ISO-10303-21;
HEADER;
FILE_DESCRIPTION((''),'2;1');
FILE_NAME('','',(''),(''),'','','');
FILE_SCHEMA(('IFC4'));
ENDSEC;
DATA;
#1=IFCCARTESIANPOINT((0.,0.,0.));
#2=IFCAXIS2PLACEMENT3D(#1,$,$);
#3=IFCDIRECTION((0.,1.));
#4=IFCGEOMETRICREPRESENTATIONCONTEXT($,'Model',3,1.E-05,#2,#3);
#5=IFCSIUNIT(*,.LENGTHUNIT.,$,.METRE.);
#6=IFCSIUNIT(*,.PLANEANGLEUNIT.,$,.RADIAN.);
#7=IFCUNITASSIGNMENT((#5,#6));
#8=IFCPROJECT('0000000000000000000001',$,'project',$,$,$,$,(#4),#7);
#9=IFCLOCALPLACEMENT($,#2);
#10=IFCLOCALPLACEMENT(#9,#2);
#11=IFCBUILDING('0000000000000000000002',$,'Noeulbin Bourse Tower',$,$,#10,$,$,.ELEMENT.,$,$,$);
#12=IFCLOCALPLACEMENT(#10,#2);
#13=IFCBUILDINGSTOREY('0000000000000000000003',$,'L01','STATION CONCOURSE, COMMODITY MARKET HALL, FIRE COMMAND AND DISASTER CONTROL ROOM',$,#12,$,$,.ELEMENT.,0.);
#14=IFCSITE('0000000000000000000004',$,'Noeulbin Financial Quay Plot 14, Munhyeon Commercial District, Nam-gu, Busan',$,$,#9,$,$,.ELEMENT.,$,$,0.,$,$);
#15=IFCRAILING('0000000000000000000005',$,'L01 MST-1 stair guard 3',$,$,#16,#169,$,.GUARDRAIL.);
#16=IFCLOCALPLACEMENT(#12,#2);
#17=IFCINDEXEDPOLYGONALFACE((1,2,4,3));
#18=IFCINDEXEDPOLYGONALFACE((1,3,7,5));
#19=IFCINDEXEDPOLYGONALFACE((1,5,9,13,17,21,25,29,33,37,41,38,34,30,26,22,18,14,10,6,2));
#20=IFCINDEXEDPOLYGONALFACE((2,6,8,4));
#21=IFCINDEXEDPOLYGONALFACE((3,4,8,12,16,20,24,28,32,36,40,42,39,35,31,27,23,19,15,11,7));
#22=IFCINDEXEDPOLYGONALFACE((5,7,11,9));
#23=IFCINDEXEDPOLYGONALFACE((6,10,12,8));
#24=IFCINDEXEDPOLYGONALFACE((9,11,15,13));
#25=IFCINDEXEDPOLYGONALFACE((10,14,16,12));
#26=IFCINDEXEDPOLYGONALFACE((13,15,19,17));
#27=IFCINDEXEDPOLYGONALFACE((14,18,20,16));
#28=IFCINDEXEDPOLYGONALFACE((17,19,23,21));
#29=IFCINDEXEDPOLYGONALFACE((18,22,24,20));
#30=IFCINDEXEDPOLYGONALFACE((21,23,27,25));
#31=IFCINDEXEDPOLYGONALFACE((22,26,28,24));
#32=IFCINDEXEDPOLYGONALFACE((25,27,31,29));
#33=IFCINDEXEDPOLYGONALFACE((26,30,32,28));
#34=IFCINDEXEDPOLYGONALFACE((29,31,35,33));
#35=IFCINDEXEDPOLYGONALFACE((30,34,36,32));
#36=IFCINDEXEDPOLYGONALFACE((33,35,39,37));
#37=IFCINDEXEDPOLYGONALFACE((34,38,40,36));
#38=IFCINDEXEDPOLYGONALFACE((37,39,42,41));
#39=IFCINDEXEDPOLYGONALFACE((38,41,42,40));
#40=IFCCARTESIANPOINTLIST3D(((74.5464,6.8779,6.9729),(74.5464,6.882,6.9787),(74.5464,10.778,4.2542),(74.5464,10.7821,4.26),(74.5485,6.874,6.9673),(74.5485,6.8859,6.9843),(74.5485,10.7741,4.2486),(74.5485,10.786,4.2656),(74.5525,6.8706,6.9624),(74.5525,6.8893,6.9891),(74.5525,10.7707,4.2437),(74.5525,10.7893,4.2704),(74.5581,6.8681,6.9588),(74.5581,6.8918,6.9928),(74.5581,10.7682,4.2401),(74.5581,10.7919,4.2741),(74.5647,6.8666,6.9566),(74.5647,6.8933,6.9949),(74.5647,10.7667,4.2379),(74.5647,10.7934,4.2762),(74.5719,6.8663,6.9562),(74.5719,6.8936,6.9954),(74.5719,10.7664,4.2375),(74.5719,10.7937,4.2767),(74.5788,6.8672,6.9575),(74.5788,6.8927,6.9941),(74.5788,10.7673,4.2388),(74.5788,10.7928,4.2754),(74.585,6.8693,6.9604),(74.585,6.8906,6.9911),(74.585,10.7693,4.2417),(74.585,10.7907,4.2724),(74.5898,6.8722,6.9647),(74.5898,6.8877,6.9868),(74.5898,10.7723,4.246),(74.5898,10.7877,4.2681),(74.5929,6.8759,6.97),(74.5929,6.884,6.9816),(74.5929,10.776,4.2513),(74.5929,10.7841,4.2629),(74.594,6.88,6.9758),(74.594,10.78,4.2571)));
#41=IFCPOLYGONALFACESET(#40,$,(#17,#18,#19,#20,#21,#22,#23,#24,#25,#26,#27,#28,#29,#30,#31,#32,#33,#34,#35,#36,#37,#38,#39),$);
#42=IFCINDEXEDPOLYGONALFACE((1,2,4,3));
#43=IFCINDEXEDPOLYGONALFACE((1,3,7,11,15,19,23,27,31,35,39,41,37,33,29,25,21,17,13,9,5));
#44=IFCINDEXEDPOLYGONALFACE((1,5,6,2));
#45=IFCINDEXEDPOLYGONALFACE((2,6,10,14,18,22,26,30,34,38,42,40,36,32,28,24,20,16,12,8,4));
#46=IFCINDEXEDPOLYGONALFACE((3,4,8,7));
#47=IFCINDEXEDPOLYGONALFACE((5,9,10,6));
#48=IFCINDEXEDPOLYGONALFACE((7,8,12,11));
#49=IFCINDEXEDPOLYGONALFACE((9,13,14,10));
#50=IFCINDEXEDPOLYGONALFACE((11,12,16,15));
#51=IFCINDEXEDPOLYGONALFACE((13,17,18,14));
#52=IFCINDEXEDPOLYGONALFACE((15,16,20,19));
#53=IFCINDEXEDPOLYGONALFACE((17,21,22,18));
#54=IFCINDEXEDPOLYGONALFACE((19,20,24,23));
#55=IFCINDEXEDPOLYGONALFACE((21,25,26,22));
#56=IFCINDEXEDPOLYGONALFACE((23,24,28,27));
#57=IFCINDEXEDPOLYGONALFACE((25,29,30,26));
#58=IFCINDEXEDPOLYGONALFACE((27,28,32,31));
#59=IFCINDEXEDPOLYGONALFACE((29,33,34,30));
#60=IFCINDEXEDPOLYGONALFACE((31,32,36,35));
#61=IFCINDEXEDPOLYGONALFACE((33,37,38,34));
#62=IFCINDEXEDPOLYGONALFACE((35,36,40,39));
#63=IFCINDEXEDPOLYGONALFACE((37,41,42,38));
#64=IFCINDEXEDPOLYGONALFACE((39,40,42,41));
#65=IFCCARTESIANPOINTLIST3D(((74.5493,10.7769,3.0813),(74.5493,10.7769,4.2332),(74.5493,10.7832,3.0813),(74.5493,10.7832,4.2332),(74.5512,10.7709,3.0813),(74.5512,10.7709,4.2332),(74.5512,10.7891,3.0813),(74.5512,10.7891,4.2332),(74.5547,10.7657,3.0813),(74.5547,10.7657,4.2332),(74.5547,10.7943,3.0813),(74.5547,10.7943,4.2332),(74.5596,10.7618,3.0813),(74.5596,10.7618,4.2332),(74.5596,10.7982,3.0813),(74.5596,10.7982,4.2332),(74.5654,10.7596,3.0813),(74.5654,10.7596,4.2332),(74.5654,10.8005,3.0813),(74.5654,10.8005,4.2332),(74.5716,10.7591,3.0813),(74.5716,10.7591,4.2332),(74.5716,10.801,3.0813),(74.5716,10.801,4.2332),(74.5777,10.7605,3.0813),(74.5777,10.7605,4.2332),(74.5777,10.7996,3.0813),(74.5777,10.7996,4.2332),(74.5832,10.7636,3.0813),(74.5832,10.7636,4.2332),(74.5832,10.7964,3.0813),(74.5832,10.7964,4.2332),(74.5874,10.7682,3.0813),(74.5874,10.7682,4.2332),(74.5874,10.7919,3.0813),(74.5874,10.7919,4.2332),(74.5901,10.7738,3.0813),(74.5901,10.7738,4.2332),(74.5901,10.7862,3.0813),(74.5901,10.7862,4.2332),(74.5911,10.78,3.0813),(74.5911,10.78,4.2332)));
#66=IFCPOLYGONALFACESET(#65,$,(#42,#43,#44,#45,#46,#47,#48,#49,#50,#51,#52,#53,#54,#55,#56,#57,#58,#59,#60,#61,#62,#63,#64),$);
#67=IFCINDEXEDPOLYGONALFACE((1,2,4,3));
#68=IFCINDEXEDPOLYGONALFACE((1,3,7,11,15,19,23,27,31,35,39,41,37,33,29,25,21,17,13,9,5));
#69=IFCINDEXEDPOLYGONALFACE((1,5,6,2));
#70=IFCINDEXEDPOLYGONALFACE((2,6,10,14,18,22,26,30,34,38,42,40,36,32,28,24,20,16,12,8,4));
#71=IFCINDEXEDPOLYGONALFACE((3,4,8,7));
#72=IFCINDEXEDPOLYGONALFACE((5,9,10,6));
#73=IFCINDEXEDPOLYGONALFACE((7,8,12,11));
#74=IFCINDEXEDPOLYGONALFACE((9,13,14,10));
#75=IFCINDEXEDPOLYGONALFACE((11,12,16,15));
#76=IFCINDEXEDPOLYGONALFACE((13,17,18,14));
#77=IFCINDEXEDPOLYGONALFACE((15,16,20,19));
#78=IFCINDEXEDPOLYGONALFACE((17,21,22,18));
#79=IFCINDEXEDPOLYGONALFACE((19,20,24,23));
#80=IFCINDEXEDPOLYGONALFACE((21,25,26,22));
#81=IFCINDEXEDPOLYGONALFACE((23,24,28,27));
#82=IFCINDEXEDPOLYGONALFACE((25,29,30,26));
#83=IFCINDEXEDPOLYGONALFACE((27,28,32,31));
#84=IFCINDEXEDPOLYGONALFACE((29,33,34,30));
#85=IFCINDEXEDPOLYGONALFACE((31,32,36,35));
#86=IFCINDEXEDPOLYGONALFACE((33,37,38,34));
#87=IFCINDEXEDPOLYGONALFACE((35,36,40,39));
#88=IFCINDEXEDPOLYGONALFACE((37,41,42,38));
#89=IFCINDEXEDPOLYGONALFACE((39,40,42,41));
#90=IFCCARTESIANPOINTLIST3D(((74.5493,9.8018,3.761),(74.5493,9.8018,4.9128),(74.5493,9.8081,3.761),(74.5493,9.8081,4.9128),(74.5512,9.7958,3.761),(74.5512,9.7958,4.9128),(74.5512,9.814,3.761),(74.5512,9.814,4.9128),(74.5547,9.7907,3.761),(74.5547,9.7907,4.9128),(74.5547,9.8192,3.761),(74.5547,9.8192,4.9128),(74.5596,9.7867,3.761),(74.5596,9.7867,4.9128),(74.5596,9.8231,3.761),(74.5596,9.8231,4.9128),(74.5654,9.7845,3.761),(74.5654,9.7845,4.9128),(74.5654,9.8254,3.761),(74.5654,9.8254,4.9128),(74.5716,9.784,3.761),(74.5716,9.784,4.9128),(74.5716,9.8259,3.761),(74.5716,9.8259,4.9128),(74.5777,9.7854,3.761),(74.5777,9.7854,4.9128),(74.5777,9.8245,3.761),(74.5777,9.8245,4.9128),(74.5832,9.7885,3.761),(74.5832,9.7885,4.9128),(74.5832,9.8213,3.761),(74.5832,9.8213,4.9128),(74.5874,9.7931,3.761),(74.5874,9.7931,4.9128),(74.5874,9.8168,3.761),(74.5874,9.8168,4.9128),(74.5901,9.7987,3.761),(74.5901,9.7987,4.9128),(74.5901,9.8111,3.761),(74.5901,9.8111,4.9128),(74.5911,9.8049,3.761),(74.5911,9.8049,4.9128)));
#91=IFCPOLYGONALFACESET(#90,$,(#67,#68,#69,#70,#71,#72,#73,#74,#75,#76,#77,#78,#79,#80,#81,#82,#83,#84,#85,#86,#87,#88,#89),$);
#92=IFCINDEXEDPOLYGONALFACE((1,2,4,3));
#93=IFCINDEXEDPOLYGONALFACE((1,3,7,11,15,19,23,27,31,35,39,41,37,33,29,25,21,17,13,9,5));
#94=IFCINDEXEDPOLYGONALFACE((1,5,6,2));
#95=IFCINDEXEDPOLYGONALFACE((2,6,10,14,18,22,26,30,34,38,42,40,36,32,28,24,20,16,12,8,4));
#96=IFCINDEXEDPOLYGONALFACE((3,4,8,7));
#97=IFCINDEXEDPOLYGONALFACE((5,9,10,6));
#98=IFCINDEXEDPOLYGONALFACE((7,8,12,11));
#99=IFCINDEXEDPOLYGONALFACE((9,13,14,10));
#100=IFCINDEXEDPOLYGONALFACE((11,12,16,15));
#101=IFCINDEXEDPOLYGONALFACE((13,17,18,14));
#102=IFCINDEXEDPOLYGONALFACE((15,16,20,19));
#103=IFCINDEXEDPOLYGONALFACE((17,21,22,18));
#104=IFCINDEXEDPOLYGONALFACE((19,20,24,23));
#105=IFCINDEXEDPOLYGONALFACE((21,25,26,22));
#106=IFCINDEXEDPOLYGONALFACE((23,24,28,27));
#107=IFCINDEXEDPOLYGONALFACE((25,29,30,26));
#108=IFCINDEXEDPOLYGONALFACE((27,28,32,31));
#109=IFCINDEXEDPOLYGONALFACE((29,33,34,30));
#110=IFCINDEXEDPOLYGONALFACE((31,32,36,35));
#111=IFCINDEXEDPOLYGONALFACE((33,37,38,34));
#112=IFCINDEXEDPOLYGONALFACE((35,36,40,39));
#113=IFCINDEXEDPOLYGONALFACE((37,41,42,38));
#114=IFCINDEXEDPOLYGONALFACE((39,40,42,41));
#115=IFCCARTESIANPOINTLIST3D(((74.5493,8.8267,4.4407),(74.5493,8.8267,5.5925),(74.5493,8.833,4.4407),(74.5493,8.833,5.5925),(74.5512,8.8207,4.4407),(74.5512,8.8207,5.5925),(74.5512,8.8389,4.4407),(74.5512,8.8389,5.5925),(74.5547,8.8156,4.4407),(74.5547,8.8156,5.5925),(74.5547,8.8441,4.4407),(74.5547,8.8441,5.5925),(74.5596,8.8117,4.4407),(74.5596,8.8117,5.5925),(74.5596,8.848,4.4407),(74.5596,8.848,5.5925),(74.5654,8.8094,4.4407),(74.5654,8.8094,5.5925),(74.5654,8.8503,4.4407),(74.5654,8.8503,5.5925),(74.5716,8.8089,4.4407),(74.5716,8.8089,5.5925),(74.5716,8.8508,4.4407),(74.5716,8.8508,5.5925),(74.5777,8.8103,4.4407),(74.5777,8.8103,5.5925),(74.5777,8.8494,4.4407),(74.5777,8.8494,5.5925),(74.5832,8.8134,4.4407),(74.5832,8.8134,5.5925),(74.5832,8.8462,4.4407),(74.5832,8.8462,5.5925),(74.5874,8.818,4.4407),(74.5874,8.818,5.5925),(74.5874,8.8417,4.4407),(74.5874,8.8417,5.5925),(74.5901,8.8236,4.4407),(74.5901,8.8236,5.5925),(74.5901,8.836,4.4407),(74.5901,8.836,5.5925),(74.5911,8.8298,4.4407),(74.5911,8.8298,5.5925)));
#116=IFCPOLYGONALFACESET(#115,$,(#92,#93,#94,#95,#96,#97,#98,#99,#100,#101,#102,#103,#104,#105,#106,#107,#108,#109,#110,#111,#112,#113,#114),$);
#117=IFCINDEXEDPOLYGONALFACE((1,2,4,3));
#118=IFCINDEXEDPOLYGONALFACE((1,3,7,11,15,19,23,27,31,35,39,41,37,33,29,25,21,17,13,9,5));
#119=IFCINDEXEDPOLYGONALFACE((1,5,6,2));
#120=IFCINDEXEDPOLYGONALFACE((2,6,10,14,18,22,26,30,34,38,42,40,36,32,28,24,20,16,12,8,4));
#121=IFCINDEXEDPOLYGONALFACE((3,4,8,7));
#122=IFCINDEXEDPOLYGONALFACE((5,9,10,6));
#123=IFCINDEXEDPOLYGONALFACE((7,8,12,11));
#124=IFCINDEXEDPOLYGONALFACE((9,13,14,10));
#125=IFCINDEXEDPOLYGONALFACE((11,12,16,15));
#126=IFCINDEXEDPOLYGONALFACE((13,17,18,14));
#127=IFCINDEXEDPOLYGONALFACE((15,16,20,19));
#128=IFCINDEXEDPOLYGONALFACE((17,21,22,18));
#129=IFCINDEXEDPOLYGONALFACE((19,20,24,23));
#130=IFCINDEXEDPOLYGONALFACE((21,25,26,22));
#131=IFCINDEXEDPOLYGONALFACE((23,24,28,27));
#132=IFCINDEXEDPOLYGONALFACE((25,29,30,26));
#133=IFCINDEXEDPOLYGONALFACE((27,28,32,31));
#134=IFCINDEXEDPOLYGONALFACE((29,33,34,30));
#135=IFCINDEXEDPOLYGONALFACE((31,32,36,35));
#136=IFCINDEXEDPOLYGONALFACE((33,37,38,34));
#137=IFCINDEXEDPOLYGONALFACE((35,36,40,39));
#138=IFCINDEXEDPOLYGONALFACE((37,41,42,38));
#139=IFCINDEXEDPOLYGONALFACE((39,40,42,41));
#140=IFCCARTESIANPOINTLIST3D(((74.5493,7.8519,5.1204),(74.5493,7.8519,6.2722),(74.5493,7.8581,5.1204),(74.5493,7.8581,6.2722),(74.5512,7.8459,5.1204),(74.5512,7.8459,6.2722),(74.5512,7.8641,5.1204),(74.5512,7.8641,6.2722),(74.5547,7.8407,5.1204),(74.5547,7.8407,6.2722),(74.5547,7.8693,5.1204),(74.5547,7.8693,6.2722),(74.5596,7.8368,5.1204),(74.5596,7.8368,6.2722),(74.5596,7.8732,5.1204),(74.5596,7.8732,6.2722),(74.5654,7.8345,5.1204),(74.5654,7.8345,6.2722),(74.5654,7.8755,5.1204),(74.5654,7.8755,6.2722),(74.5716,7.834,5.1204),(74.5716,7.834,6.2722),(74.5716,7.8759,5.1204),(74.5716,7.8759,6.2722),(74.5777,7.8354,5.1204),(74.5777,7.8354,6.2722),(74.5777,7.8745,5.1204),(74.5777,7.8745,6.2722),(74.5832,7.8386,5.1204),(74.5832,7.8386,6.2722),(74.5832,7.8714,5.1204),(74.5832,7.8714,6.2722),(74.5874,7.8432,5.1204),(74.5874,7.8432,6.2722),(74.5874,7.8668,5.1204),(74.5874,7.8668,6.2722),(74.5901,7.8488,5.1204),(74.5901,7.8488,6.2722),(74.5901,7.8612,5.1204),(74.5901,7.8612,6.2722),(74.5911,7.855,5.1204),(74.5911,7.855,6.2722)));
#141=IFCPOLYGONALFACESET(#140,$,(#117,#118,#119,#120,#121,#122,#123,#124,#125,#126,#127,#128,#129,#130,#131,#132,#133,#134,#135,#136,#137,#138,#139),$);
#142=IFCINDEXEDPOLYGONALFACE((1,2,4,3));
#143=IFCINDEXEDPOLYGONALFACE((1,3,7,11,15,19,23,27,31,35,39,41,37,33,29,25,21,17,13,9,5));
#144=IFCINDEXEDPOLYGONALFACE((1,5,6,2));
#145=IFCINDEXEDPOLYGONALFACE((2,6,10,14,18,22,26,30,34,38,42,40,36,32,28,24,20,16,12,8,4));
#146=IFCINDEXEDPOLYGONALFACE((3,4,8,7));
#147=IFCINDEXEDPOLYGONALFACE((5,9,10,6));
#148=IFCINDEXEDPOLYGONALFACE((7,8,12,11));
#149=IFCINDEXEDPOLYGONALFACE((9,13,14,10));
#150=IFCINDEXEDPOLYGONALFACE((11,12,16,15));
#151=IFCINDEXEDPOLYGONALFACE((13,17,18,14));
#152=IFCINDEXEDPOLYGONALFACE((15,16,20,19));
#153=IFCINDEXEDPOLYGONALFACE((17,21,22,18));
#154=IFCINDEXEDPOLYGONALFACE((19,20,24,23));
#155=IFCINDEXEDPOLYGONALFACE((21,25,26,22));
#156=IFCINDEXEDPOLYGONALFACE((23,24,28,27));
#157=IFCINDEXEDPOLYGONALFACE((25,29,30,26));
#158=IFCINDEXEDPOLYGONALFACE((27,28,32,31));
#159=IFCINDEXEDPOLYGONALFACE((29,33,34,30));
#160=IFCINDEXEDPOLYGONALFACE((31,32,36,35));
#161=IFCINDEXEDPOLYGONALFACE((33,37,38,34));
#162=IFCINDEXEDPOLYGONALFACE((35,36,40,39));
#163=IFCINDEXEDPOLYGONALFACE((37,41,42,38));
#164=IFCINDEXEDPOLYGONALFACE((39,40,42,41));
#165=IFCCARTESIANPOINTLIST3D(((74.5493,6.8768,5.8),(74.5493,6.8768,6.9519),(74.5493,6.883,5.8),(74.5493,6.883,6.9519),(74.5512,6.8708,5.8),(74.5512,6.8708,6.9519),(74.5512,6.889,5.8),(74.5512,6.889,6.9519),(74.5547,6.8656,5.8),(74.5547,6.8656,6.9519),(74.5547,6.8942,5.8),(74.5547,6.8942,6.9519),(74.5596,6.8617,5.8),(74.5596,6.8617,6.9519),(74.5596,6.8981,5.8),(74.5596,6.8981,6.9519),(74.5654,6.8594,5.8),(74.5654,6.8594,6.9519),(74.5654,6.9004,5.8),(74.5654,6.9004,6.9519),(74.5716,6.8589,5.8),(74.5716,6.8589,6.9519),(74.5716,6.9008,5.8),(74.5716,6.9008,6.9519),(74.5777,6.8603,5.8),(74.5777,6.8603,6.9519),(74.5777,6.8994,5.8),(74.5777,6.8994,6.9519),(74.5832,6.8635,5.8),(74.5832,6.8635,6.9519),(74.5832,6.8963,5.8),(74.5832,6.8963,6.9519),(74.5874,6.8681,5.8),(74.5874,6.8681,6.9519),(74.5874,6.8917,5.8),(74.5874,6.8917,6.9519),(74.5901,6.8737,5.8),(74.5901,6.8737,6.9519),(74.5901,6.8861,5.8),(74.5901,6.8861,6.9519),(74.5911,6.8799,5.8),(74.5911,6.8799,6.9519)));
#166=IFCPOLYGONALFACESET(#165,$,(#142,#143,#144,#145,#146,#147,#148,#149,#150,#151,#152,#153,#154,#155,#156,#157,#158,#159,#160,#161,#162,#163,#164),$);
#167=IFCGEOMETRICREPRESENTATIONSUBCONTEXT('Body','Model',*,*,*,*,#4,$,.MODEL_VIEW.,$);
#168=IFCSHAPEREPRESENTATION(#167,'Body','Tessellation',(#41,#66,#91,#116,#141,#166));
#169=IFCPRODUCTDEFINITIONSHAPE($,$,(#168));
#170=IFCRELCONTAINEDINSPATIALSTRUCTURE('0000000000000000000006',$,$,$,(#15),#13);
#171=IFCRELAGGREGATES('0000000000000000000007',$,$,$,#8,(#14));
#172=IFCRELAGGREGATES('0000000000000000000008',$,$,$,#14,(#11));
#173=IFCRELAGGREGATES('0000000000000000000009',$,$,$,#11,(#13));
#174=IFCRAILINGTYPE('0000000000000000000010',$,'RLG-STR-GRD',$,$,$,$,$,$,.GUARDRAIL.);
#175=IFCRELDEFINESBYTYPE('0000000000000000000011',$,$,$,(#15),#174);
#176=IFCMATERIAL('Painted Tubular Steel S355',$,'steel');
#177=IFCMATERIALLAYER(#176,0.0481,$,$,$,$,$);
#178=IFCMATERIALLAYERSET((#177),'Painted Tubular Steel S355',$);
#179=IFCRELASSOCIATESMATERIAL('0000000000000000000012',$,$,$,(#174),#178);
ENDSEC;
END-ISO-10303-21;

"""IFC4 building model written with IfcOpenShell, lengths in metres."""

from ifc_helpers import new_model, si_unit, direction, frame, origin, origin_2d, place, context, subcontext, project, spatial, circle, extrude, material, layer, layer_set, type_object, element, save


model = new_model("IFC4")

# Units and contexts
model_context = context("Model", 3, precision=1e-05, world=origin(), true_north=direction((0.0, 1.0)))
body_context = subcontext(model_context, "Body", "Model", "MODEL_VIEW")
ifc_project = project(units=[si_unit("LENGTHUNIT", "METRE"), si_unit("PLANEANGLEUNIT", "RADIAN")], contexts=[model_context])

# Site, building, storey
site_placement = place(None, origin())
site = spatial("IfcSite", under=ifc_project, at=site_placement, Name="Noeulbin Financial Quay Plot 14, Munhyeon Commercial District, Nam-gu, Busan", CompositionType="ELEMENT", RefElevation=0.0)
building_placement = place(site_placement, origin())
building = spatial("IfcBuilding", under=site, at=building_placement, Name="Noeulbin Bourse Tower", CompositionType="ELEMENT")
storey_placement = place(building_placement, origin())
storey = spatial("IfcBuildingStorey", under=building, at=storey_placement, Name="L01", Description="STATION CONCOURSE, COMMODITY MARKET HALL, FIRE COMMAND AND DISASTER CONTROL ROOM", CompositionType="ELEMENT", Elevation=0.0)

# Railing
ifc_material_1 = material(Name="Painted Tubular Steel S355", Category="steel")
ifc_layer_1 = layer(ifc_material_1, 0.0481)
ifc_layer_set_1 = layer_set([ifc_layer_1], Name="Painted Tubular Steel S355")
railing_type_1 = type_object("IfcRailingType", Name="RLG-STR-GRD", PredefinedType="GUARDRAIL", material=ifc_layer_set_1)
railing_1_placement = place(storey_placement, frame((74.5701, 10.78, 3.0813)))
element("IfcRailing", 1, at=railing_1_placement, inside=storey, type_object=railing_type_1, Name="L01 MST-1 stair guard 3", PredefinedType="GUARDRAIL", context=body_context, shape_type="SweptSolid", body=[
    extrude(circle(Radius=0.0239, at=origin_2d()), frame((0.0, 0.0, 1.1758), z_axis=(0.0, -0.820352, 0.571859), x_axis=(1.0, 0.0, 0.0)), (0.0, 0.0, 1.0), 4.7542),
    extrude(circle(Radius=0.021, at=origin_2d()), origin(), (0.0, 0.0, 1.0), 1.1519),
    extrude(circle(Radius=0.021, at=origin_2d()), frame((0.0, -0.9751, 0.6797)), (0.0, 0.0, 1.0), 1.1519),
    extrude(circle(Radius=0.021, at=origin_2d()), frame((0.0, -1.9502, 1.3594)), (0.0, 0.0, 1.0), 1.1519),
    extrude(circle(Radius=0.021, at=origin_2d()), frame((0.0, -2.925, 2.0391)), (0.0, 0.0, 1.0), 1.1519),
    extrude(circle(Radius=0.021, at=origin_2d()), frame((0.0, -3.9001, 2.7188)), (0.0, 0.0, 1.0), 1.1519),
])

save(model, "model.ifc")
